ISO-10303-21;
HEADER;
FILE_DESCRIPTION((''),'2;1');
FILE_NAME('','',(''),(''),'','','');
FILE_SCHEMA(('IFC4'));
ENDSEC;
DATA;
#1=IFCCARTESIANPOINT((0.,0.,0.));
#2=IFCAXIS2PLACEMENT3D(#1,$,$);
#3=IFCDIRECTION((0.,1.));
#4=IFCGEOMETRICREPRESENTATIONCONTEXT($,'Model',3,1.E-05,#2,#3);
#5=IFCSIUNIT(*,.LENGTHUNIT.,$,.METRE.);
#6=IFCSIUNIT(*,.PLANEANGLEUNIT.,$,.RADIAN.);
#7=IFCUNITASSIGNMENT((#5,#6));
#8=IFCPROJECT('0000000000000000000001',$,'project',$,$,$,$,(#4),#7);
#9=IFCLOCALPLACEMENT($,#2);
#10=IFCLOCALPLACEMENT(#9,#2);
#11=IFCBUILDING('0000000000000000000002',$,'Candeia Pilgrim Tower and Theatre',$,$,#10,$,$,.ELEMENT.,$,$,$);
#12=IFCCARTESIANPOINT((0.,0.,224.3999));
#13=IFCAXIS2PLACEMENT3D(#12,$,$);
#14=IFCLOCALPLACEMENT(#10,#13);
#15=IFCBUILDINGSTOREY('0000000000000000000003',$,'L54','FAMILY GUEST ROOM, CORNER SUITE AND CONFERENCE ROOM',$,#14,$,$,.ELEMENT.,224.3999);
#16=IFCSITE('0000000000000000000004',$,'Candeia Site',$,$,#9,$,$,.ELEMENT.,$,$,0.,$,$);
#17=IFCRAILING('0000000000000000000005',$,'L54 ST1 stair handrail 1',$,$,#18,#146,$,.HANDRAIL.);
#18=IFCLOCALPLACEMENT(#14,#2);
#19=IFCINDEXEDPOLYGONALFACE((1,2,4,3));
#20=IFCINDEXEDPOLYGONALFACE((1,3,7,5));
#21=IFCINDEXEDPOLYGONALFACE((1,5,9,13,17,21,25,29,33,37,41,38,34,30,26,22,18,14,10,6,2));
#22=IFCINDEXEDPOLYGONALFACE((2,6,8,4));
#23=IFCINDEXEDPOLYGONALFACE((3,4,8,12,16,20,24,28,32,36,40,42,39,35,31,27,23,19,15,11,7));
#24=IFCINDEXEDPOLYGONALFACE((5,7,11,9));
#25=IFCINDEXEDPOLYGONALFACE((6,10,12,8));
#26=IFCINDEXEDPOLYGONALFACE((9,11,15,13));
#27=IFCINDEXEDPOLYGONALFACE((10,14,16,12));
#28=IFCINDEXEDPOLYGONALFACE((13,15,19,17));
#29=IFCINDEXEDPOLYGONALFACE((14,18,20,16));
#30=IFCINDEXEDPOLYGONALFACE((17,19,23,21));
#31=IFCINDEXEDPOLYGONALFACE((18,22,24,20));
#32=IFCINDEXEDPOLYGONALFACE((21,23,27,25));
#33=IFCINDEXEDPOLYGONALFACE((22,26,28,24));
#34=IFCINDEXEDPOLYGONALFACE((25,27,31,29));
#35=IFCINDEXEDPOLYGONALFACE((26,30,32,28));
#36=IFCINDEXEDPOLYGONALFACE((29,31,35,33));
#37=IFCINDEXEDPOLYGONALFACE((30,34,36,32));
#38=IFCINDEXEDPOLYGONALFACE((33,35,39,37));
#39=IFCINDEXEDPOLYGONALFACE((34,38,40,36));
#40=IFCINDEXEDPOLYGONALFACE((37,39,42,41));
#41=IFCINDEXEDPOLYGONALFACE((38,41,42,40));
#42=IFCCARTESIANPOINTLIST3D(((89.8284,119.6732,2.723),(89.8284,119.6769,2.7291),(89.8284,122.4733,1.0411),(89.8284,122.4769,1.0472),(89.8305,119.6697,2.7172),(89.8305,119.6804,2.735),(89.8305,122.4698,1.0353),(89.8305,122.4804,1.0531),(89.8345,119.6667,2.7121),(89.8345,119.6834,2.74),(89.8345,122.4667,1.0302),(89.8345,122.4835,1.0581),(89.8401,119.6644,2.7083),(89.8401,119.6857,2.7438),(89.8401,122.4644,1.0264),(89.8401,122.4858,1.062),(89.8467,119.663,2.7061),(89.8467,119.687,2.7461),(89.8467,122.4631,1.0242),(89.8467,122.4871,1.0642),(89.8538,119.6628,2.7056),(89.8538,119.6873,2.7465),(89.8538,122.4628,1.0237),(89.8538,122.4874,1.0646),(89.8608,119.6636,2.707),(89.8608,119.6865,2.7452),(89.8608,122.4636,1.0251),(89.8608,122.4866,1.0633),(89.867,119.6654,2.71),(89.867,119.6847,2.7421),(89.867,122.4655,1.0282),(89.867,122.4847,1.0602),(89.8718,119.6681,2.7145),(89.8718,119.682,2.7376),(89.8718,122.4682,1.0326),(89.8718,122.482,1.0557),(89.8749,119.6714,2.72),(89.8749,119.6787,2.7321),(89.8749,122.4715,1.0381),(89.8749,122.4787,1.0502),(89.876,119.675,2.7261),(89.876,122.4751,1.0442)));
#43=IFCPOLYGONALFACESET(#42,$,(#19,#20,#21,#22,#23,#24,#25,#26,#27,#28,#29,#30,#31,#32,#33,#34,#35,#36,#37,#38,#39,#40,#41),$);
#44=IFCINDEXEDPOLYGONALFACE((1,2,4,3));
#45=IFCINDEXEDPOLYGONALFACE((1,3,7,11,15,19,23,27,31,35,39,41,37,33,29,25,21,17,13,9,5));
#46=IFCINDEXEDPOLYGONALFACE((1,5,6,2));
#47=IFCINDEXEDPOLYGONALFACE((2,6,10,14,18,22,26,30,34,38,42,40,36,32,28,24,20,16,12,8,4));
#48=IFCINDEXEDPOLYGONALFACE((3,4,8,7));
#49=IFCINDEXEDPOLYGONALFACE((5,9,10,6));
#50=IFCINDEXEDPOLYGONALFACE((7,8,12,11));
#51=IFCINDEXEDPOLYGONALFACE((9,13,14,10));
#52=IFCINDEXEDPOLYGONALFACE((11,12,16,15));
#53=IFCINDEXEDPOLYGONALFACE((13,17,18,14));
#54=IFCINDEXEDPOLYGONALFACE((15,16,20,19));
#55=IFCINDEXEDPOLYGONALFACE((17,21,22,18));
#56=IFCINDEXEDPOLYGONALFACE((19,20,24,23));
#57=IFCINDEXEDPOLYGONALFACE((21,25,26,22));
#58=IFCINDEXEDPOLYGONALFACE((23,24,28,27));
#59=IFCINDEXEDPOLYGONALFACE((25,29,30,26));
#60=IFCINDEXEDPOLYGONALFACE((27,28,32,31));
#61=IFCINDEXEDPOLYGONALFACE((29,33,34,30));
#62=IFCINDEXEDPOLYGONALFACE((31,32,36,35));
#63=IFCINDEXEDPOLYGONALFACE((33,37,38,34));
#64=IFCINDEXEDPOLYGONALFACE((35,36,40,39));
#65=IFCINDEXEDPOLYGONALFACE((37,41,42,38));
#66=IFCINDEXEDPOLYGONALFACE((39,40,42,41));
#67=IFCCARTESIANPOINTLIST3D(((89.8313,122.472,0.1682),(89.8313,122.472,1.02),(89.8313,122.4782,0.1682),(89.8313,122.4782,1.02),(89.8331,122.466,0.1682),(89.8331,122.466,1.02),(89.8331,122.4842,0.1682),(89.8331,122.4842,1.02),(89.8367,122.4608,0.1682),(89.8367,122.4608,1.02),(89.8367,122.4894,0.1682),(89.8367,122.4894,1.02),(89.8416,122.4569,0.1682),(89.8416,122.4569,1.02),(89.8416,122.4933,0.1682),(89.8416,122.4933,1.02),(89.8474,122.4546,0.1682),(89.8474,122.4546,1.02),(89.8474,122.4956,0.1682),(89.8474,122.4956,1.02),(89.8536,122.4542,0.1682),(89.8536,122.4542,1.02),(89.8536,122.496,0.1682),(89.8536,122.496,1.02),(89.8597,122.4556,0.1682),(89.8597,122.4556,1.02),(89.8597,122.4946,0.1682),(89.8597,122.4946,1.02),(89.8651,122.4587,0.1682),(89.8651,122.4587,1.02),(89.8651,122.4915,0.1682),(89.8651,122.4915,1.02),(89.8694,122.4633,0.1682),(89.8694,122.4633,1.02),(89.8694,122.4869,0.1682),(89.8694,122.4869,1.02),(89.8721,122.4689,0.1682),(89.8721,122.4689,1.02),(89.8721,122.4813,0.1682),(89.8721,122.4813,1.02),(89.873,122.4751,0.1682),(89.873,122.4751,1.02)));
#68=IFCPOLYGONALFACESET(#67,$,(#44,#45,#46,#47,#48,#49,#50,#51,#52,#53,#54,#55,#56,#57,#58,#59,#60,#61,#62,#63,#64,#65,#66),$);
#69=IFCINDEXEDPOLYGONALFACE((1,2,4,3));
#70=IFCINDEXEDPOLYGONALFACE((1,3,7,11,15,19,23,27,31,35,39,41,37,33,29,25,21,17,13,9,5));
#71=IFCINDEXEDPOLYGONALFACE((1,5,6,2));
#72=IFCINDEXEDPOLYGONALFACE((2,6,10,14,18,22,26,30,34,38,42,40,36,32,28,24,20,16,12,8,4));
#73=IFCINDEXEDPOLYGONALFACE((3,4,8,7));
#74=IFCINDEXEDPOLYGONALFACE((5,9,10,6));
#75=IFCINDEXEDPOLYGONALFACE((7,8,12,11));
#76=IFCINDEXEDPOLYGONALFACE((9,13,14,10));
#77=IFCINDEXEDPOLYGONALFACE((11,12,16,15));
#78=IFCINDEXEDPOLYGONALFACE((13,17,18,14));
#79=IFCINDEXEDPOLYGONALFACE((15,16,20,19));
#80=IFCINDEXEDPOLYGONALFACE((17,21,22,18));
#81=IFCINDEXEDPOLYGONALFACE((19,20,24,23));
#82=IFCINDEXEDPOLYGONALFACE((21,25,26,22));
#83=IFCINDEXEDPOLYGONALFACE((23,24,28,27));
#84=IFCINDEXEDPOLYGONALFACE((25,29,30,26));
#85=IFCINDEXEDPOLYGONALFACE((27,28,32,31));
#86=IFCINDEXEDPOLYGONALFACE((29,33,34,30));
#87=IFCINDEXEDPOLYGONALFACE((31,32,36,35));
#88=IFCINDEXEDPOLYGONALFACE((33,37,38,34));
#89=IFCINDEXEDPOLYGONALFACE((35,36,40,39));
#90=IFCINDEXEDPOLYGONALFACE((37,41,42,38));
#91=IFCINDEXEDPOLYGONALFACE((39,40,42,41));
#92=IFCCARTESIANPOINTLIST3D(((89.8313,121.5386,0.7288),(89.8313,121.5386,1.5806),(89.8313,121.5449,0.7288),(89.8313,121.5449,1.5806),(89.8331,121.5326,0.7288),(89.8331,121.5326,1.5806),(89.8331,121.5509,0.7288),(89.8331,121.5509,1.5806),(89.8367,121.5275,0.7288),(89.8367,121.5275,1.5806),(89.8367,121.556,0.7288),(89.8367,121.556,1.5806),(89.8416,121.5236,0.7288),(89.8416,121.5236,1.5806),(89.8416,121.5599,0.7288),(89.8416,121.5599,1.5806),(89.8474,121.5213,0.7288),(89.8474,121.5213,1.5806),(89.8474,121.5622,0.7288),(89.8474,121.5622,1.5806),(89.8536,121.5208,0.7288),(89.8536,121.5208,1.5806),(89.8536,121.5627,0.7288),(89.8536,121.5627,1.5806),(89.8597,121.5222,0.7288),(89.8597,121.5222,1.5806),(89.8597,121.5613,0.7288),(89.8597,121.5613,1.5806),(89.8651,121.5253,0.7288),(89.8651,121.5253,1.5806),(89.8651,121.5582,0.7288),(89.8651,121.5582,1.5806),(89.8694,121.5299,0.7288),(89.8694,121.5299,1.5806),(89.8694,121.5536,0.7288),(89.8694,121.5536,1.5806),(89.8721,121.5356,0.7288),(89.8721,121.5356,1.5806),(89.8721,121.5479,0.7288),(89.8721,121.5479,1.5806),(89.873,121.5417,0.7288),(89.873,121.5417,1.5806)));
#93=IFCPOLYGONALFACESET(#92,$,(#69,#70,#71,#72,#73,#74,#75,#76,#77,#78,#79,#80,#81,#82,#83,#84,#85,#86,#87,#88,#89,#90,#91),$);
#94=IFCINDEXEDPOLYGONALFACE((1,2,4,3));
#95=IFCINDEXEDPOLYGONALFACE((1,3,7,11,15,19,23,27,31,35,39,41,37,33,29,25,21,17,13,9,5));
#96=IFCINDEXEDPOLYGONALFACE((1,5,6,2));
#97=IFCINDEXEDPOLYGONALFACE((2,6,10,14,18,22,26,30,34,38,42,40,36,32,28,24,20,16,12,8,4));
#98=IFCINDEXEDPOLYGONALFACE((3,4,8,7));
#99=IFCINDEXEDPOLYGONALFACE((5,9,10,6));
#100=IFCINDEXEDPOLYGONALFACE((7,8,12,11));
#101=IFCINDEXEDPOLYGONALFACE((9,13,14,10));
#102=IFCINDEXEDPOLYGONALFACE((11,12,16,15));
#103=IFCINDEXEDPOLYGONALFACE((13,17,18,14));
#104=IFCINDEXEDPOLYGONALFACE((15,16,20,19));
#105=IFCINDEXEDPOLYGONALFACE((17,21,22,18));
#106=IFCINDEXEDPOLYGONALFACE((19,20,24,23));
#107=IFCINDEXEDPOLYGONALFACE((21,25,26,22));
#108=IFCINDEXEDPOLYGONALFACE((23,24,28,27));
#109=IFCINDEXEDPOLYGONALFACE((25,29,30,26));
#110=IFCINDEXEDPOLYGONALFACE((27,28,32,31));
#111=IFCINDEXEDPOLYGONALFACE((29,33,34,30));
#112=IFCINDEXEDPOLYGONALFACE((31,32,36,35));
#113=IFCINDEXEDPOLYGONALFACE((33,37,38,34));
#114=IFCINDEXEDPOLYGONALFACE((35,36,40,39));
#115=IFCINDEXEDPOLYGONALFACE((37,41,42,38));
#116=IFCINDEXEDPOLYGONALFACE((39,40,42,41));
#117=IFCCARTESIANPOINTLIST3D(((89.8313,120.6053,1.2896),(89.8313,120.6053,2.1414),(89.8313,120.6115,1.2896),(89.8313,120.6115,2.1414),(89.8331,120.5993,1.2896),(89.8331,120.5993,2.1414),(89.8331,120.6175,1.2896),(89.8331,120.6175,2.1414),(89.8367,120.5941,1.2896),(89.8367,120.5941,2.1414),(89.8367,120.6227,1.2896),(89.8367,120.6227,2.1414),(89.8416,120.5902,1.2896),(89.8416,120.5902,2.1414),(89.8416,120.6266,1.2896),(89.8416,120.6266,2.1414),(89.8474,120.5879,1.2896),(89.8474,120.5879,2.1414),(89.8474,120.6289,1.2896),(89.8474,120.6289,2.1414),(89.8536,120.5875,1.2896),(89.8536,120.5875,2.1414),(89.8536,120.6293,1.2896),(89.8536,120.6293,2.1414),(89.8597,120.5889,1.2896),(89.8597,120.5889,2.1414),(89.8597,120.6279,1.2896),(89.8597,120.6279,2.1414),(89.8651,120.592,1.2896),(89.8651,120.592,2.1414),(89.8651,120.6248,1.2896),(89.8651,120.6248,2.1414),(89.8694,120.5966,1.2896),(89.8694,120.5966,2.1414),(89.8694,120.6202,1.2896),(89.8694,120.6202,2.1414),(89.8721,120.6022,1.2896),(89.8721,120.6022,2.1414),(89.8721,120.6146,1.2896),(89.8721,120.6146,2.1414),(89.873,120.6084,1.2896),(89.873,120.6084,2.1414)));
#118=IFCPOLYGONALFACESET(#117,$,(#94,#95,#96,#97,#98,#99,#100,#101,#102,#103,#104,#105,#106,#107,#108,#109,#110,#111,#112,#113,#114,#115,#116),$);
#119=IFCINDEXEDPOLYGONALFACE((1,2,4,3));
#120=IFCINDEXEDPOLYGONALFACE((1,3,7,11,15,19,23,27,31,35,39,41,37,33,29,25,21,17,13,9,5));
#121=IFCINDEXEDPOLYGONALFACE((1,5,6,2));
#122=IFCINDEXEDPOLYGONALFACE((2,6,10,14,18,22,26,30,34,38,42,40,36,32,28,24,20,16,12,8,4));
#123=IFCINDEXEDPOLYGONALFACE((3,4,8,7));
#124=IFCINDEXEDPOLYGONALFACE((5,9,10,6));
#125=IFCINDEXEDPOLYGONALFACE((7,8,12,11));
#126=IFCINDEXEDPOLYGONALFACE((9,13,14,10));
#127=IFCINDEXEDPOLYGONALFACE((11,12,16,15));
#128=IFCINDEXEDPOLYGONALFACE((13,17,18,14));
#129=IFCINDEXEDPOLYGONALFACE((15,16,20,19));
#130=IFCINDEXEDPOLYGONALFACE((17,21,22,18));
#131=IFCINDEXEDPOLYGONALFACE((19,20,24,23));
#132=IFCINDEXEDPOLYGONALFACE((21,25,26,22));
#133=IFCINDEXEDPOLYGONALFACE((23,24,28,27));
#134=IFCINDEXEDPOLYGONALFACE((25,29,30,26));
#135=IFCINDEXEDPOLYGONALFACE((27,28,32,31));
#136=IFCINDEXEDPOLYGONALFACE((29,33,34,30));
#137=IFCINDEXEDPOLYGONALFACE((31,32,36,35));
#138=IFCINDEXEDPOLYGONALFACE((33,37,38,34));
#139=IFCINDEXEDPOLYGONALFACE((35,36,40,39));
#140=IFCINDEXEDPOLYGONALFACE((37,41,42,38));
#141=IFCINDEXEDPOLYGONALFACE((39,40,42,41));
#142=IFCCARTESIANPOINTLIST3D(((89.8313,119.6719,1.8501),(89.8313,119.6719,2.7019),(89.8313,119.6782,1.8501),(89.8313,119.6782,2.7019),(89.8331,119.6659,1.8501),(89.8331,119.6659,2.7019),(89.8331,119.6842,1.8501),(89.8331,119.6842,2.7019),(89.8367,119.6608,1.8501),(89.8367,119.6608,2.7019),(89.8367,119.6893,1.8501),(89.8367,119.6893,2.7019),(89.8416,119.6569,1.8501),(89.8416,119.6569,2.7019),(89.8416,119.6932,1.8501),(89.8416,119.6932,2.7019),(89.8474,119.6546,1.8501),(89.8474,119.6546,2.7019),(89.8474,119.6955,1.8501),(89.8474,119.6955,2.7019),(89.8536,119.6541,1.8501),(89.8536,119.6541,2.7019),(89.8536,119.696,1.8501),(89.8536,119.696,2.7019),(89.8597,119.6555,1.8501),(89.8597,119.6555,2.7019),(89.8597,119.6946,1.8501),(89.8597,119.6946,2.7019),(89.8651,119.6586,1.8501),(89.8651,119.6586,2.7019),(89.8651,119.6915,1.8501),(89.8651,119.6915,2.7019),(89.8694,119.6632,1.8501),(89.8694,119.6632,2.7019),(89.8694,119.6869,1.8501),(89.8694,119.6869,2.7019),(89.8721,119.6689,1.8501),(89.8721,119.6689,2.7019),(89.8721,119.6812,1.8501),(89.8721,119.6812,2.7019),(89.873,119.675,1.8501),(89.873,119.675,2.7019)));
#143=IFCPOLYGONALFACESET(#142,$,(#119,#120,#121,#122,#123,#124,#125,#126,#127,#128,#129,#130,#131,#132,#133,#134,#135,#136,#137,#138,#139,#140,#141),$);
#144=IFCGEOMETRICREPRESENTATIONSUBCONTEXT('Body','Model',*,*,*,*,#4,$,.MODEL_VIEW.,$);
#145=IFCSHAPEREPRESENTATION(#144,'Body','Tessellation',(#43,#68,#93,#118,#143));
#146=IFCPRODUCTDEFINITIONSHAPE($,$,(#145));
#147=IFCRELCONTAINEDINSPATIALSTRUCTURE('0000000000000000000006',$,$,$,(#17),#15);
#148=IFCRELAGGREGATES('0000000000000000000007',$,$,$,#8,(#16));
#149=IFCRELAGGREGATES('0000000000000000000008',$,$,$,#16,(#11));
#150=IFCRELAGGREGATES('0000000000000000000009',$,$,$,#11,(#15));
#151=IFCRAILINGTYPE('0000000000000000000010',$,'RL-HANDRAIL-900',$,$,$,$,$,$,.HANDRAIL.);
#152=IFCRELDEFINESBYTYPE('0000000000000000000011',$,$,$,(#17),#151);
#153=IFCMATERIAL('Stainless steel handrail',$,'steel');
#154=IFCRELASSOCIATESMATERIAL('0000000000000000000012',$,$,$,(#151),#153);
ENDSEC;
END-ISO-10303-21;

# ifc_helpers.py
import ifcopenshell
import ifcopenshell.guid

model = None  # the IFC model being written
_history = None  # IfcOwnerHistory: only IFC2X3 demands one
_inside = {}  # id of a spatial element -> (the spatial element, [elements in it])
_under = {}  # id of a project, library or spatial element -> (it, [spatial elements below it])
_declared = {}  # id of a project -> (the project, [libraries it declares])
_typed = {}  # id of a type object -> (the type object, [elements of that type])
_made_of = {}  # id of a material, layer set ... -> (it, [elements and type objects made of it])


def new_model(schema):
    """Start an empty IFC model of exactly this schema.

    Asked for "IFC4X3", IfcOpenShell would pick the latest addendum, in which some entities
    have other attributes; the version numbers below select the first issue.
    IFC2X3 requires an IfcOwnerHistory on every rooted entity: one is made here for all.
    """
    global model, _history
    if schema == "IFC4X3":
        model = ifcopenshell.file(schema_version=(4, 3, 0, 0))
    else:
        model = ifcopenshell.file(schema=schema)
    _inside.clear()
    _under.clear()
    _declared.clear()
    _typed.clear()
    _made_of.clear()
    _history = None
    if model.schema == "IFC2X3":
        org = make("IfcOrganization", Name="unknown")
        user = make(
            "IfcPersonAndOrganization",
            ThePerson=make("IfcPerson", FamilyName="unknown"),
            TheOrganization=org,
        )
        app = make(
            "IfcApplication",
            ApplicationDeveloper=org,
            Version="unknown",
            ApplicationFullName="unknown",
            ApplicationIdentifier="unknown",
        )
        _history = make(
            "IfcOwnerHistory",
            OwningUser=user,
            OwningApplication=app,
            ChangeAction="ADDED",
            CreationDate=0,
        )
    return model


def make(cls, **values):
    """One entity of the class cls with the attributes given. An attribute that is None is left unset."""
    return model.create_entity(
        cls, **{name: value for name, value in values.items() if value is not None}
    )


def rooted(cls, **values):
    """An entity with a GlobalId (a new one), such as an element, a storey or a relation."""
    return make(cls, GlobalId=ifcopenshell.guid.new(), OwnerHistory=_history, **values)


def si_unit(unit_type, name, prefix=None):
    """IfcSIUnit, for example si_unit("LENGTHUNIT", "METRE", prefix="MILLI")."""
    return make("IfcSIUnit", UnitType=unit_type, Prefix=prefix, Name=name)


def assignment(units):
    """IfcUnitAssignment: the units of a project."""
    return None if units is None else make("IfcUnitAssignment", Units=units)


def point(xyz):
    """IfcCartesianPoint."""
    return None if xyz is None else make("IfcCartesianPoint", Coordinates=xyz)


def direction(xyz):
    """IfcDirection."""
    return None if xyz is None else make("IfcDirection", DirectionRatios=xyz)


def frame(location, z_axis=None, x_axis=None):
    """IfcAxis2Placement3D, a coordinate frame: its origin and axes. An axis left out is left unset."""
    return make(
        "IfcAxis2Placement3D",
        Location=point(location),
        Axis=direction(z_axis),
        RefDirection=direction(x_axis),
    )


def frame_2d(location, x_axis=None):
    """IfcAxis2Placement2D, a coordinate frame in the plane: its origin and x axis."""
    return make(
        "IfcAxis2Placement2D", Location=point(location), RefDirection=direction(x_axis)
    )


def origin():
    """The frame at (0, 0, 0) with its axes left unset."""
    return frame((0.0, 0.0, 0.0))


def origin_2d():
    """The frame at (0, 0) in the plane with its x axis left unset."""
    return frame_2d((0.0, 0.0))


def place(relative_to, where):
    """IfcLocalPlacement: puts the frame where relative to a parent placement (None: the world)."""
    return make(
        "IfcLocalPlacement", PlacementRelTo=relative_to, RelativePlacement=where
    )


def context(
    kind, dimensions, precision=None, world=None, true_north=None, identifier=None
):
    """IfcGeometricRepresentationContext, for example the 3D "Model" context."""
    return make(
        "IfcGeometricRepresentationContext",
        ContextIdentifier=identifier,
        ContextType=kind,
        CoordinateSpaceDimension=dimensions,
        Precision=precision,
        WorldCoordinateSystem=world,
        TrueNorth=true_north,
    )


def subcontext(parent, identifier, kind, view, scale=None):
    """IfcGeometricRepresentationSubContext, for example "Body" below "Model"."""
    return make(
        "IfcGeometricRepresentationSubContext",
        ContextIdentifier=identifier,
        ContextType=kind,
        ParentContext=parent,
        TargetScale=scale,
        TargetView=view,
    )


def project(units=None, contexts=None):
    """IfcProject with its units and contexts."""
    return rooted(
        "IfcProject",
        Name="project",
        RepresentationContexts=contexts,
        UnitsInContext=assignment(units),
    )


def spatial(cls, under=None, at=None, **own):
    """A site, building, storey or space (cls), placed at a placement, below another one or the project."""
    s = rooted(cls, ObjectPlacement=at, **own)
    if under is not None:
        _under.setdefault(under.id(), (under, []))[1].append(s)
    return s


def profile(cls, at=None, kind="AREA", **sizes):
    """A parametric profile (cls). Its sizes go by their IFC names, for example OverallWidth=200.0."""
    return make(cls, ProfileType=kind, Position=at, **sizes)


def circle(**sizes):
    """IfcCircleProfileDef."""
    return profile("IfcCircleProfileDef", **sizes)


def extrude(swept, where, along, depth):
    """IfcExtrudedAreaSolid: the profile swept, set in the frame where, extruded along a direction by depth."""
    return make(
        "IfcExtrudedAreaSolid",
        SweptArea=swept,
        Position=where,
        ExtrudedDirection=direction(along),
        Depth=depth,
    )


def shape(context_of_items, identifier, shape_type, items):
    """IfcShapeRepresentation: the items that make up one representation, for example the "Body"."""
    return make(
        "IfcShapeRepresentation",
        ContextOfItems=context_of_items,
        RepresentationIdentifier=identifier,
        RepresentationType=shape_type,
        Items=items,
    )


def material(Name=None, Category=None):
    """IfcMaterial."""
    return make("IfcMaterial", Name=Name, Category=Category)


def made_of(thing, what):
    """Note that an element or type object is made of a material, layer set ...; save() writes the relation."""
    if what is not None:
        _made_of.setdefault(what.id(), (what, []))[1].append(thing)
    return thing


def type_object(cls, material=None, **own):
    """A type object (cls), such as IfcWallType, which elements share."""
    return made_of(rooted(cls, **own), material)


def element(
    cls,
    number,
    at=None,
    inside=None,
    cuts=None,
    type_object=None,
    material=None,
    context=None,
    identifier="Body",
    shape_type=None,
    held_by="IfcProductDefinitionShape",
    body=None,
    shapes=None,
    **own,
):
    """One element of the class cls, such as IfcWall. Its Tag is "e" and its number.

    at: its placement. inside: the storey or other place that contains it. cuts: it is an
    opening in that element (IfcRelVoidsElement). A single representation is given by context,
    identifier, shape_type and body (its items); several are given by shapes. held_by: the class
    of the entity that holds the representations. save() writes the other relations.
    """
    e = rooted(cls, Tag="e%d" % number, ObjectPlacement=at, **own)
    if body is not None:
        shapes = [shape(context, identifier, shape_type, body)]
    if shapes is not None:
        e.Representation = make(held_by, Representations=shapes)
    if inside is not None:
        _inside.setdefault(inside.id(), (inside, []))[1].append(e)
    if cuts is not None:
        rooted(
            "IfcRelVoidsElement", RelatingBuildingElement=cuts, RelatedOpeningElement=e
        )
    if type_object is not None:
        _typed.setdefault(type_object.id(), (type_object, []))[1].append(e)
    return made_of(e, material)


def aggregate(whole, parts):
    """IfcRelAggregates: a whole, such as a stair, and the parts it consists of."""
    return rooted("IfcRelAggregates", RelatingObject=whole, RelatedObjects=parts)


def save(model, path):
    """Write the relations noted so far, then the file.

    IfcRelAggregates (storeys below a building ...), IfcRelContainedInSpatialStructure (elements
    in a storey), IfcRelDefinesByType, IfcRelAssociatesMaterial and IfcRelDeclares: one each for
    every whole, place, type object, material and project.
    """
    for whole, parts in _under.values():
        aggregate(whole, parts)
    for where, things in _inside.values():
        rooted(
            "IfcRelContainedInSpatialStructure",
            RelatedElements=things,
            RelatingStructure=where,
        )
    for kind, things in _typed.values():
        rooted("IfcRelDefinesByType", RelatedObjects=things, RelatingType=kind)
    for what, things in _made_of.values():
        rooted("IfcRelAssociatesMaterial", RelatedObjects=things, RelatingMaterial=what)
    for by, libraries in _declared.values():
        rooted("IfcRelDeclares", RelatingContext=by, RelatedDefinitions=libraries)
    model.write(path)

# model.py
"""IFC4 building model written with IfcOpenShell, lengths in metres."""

from ifc_helpers import new_model, si_unit, direction, frame, origin, origin_2d, place, context, subcontext, project, spatial, circle, extrude, material, type_object, element, save


model = new_model("IFC4")

# Units and contexts
model_context = context("Model", 3, precision=1e-05, world=origin(), true_north=direction((0.0, 1.0)))
body_context = subcontext(model_context, "Body", "Model", "MODEL_VIEW")
ifc_project = project(units=[si_unit("LENGTHUNIT", "METRE"), si_unit("PLANEANGLEUNIT", "RADIAN")], contexts=[model_context])

# Site, building, storey
site_placement = place(None, origin())
site = spatial("IfcSite", under=ifc_project, at=site_placement, Name="Candeia Site", CompositionType="ELEMENT", RefElevation=0.0)
building_placement = place(site_placement, origin())
building = spatial("IfcBuilding", under=site, at=building_placement, Name="Candeia Pilgrim Tower and Theatre", CompositionType="ELEMENT")
storey_placement = place(building_placement, frame((0.0, 0.0, 224.3999)))
storey = spatial("IfcBuildingStorey", under=building, at=storey_placement, Name="L54", Description="FAMILY GUEST ROOM, CORNER SUITE AND CONFERENCE ROOM", CompositionType="ELEMENT", Elevation=224.3999)

# Railing
ifc_material_1 = material(Name="Stainless steel handrail", Category="steel")
railing_type_1 = type_object("IfcRailingType", Name="RL-HANDRAIL-900", PredefinedType="HANDRAIL", material=ifc_material_1)
for number, where, name in (
    (1, (89.8521, 122.4751, 0.1682), "L54 ST1 stair handrail 1"),
):
    element("IfcRailing", number, at=place(storey_placement, frame(where)), inside=storey, type_object=railing_type_1, Name=name, PredefinedType="HANDRAIL", context=body_context, shape_type="SweptSolid", body=[
        extrude(circle(Radius=0.0239, at=origin_2d()), frame((0.0, 0.0, 0.876), z_axis=(0.0, -0.857242, 0.514913), x_axis=(1.0, 0.0, 0.0)), (0.0, 0.0, 1.0), 3.2664),
        extrude(circle(Radius=0.021, at=origin_2d()), origin(), (0.0, 0.0, 1.0), 0.8518),
        extrude(circle(Radius=0.021, at=origin_2d()), frame((0.0, -0.9333, 0.5605)), (0.0, 0.0, 1.0), 0.8518),
        extrude(circle(Radius=0.021, at=origin_2d()), frame((0.0, -1.8667, 1.1213)), (0.0, 0.0, 1.0), 0.8518),
        extrude(circle(Radius=0.021, at=origin_2d()), frame((0.0, -2.8, 1.6819)), (0.0, 0.0, 1.0), 0.8518),
    ])

save(model, "model.ifc")
